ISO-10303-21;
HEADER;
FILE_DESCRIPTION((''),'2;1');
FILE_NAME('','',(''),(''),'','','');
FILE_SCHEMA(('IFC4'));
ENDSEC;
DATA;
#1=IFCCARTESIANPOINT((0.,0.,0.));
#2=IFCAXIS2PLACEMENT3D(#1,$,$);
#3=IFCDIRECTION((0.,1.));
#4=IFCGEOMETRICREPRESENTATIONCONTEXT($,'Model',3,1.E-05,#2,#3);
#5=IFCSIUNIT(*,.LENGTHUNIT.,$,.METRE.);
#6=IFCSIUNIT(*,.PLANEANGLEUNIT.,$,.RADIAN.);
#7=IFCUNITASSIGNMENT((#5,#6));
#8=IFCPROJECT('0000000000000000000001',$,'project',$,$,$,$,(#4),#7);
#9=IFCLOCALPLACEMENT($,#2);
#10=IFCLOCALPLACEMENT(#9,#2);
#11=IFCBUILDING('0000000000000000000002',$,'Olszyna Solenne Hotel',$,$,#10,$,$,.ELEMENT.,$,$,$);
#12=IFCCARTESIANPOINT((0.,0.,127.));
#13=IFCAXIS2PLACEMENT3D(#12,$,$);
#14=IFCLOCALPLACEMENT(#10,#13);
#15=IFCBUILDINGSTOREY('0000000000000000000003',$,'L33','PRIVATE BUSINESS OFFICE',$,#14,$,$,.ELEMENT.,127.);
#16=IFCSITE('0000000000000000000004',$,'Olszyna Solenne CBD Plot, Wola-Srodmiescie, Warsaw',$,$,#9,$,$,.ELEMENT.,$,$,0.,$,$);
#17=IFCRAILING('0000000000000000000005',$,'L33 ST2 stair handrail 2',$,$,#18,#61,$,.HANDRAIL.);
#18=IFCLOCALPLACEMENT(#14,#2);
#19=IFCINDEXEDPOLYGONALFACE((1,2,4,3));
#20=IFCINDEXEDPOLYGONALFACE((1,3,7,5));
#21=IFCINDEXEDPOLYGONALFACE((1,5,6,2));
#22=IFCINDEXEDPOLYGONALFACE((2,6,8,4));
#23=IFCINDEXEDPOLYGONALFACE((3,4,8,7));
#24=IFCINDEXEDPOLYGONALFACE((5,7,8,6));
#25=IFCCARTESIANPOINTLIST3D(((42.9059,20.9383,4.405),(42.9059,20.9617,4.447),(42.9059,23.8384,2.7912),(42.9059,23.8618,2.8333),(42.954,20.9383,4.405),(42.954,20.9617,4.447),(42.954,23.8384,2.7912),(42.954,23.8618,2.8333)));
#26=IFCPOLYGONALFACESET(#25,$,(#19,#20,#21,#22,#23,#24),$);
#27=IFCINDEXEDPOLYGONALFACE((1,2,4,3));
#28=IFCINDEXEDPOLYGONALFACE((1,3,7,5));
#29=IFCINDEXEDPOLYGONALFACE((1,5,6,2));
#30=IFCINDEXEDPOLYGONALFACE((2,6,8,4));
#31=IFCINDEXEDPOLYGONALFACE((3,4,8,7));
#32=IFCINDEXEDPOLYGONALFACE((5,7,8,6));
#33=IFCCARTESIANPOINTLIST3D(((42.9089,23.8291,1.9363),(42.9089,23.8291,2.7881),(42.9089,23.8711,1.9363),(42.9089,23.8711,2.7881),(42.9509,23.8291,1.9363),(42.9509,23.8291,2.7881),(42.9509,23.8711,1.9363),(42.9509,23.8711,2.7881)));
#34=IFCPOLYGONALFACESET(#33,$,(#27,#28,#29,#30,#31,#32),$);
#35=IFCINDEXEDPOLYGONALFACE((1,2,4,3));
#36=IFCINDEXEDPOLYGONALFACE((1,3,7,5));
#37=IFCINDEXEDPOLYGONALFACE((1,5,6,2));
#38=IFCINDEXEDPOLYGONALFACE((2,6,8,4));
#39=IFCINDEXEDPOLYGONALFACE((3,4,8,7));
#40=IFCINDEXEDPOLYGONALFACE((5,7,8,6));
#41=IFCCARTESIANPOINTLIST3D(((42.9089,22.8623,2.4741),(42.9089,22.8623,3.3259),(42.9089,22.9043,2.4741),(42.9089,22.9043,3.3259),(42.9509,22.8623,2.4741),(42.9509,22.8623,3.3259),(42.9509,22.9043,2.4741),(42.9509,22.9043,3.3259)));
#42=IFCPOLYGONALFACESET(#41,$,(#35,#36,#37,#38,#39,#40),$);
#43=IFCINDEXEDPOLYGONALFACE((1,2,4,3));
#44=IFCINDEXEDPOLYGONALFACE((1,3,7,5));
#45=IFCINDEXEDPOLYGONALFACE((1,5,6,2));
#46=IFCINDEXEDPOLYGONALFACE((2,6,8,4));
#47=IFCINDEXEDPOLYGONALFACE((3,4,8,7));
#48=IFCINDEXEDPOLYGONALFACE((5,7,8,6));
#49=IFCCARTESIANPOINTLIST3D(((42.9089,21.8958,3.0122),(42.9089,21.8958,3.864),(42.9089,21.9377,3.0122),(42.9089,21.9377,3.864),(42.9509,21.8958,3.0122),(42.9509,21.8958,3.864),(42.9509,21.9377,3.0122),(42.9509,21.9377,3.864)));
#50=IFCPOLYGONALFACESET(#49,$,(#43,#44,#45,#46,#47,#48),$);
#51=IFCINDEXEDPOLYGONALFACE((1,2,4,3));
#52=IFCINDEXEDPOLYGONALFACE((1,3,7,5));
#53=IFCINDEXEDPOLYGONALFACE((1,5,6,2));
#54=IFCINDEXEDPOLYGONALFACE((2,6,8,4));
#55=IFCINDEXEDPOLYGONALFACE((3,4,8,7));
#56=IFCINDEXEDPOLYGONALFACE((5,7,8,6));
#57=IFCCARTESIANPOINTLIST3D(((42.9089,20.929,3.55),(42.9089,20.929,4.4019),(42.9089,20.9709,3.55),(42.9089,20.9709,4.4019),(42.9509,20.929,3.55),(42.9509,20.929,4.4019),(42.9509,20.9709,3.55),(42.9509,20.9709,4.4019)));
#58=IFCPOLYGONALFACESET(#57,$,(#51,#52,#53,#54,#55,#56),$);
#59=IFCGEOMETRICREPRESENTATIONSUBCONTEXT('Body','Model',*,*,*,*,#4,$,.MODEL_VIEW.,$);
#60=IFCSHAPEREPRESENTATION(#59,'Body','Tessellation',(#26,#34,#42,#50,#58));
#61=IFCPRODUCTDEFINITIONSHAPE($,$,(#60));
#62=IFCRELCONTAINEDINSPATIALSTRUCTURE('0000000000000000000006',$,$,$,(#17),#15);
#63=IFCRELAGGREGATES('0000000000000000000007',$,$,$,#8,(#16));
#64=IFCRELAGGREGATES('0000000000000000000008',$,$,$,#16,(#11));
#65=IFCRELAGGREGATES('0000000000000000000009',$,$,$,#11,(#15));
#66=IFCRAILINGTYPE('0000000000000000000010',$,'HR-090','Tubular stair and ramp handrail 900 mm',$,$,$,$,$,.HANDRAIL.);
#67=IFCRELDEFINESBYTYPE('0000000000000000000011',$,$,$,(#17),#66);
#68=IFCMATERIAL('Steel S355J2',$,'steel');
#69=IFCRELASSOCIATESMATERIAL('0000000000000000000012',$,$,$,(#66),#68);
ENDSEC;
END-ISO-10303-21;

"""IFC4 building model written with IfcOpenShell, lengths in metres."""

from ifc_helpers import new_model, si_unit, direction, frame, origin, origin_2d, place, context, subcontext, project, spatial, rectangle, extrude, material, type_object, element, save


model = new_model("IFC4")

# Units and contexts
model_context = context("Model", 3, precision=1e-05, world=origin(), true_north=direction((0.0, 1.0)))
body_context = subcontext(model_context, "Body", "Model", "MODEL_VIEW")
ifc_project = project(units=[si_unit("LENGTHUNIT", "METRE"), si_unit("PLANEANGLEUNIT", "RADIAN")], contexts=[model_context])

# Site, building, storey
site_placement = place(None, origin())
site = spatial("IfcSite", under=ifc_project, at=site_placement, Name="Olszyna Solenne CBD Plot, Wola-Srodmiescie, Warsaw", CompositionType="ELEMENT", RefElevation=0.0)
building_placement = place(site_placement, origin())
building = spatial("IfcBuilding", under=site, at=building_placement, Name="Olszyna Solenne Hotel", CompositionType="ELEMENT")
storey_placement = place(building_placement, frame((0.0, 0.0, 127.0)))
storey = spatial("IfcBuildingStorey", under=building, at=storey_placement, Name="L33", Description="PRIVATE BUSINESS OFFICE", CompositionType="ELEMENT", Elevation=127.0)

# Shared definitions
ifc_material_1 = material(Name="Steel S355J2", Category="steel")

# Railing
railing_type_1 = type_object("IfcRailingType", Name="HR-090", Description="Tubular stair and ramp handrail 900 mm", PredefinedType="HANDRAIL", material=ifc_material_1)
railing_1_placement = place(storey_placement, frame((42.9299, 23.8501, 1.9363)))
element("IfcRailing", 1, at=railing_1_placement, inside=storey, type_object=railing_type_1, Name="L33 ST2 stair handrail 2", PredefinedType="HANDRAIL", context=body_context, shape_type="SweptSolid", body=[
    extrude(rectangle(XDim=0.0481, YDim=0.0481, at=origin_2d()), frame((0.0, 0.0, 0.876), z_axis=(0.0, -0.873827, 0.486236), x_axis=(1.0, 0.0, 0.0)), (0.0, 0.0, 1.0), 3.3188),
    extrude(rectangle(XDim=0.042, YDim=0.042, at=origin_2d()), origin(), (0.0, 0.0, 1.0), 0.8518),
    extrude(rectangle(XDim=0.042, YDim=0.042, at=origin_2d()), frame((0.0, -0.9668, 0.5378)), (0.0, 0.0, 1.0), 0.8518),
    extrude(rectangle(XDim=0.042, YDim=0.042, at=origin_2d()), frame((0.0, -1.9333, 1.0759)), (0.0, 0.0, 1.0), 0.8518),
    extrude(rectangle(XDim=0.042, YDim=0.042, at=origin_2d()), frame((0.0, -2.9001, 1.6138)), (0.0, 0.0, 1.0), 0.8518),
])

save(model, "model.ifc")
